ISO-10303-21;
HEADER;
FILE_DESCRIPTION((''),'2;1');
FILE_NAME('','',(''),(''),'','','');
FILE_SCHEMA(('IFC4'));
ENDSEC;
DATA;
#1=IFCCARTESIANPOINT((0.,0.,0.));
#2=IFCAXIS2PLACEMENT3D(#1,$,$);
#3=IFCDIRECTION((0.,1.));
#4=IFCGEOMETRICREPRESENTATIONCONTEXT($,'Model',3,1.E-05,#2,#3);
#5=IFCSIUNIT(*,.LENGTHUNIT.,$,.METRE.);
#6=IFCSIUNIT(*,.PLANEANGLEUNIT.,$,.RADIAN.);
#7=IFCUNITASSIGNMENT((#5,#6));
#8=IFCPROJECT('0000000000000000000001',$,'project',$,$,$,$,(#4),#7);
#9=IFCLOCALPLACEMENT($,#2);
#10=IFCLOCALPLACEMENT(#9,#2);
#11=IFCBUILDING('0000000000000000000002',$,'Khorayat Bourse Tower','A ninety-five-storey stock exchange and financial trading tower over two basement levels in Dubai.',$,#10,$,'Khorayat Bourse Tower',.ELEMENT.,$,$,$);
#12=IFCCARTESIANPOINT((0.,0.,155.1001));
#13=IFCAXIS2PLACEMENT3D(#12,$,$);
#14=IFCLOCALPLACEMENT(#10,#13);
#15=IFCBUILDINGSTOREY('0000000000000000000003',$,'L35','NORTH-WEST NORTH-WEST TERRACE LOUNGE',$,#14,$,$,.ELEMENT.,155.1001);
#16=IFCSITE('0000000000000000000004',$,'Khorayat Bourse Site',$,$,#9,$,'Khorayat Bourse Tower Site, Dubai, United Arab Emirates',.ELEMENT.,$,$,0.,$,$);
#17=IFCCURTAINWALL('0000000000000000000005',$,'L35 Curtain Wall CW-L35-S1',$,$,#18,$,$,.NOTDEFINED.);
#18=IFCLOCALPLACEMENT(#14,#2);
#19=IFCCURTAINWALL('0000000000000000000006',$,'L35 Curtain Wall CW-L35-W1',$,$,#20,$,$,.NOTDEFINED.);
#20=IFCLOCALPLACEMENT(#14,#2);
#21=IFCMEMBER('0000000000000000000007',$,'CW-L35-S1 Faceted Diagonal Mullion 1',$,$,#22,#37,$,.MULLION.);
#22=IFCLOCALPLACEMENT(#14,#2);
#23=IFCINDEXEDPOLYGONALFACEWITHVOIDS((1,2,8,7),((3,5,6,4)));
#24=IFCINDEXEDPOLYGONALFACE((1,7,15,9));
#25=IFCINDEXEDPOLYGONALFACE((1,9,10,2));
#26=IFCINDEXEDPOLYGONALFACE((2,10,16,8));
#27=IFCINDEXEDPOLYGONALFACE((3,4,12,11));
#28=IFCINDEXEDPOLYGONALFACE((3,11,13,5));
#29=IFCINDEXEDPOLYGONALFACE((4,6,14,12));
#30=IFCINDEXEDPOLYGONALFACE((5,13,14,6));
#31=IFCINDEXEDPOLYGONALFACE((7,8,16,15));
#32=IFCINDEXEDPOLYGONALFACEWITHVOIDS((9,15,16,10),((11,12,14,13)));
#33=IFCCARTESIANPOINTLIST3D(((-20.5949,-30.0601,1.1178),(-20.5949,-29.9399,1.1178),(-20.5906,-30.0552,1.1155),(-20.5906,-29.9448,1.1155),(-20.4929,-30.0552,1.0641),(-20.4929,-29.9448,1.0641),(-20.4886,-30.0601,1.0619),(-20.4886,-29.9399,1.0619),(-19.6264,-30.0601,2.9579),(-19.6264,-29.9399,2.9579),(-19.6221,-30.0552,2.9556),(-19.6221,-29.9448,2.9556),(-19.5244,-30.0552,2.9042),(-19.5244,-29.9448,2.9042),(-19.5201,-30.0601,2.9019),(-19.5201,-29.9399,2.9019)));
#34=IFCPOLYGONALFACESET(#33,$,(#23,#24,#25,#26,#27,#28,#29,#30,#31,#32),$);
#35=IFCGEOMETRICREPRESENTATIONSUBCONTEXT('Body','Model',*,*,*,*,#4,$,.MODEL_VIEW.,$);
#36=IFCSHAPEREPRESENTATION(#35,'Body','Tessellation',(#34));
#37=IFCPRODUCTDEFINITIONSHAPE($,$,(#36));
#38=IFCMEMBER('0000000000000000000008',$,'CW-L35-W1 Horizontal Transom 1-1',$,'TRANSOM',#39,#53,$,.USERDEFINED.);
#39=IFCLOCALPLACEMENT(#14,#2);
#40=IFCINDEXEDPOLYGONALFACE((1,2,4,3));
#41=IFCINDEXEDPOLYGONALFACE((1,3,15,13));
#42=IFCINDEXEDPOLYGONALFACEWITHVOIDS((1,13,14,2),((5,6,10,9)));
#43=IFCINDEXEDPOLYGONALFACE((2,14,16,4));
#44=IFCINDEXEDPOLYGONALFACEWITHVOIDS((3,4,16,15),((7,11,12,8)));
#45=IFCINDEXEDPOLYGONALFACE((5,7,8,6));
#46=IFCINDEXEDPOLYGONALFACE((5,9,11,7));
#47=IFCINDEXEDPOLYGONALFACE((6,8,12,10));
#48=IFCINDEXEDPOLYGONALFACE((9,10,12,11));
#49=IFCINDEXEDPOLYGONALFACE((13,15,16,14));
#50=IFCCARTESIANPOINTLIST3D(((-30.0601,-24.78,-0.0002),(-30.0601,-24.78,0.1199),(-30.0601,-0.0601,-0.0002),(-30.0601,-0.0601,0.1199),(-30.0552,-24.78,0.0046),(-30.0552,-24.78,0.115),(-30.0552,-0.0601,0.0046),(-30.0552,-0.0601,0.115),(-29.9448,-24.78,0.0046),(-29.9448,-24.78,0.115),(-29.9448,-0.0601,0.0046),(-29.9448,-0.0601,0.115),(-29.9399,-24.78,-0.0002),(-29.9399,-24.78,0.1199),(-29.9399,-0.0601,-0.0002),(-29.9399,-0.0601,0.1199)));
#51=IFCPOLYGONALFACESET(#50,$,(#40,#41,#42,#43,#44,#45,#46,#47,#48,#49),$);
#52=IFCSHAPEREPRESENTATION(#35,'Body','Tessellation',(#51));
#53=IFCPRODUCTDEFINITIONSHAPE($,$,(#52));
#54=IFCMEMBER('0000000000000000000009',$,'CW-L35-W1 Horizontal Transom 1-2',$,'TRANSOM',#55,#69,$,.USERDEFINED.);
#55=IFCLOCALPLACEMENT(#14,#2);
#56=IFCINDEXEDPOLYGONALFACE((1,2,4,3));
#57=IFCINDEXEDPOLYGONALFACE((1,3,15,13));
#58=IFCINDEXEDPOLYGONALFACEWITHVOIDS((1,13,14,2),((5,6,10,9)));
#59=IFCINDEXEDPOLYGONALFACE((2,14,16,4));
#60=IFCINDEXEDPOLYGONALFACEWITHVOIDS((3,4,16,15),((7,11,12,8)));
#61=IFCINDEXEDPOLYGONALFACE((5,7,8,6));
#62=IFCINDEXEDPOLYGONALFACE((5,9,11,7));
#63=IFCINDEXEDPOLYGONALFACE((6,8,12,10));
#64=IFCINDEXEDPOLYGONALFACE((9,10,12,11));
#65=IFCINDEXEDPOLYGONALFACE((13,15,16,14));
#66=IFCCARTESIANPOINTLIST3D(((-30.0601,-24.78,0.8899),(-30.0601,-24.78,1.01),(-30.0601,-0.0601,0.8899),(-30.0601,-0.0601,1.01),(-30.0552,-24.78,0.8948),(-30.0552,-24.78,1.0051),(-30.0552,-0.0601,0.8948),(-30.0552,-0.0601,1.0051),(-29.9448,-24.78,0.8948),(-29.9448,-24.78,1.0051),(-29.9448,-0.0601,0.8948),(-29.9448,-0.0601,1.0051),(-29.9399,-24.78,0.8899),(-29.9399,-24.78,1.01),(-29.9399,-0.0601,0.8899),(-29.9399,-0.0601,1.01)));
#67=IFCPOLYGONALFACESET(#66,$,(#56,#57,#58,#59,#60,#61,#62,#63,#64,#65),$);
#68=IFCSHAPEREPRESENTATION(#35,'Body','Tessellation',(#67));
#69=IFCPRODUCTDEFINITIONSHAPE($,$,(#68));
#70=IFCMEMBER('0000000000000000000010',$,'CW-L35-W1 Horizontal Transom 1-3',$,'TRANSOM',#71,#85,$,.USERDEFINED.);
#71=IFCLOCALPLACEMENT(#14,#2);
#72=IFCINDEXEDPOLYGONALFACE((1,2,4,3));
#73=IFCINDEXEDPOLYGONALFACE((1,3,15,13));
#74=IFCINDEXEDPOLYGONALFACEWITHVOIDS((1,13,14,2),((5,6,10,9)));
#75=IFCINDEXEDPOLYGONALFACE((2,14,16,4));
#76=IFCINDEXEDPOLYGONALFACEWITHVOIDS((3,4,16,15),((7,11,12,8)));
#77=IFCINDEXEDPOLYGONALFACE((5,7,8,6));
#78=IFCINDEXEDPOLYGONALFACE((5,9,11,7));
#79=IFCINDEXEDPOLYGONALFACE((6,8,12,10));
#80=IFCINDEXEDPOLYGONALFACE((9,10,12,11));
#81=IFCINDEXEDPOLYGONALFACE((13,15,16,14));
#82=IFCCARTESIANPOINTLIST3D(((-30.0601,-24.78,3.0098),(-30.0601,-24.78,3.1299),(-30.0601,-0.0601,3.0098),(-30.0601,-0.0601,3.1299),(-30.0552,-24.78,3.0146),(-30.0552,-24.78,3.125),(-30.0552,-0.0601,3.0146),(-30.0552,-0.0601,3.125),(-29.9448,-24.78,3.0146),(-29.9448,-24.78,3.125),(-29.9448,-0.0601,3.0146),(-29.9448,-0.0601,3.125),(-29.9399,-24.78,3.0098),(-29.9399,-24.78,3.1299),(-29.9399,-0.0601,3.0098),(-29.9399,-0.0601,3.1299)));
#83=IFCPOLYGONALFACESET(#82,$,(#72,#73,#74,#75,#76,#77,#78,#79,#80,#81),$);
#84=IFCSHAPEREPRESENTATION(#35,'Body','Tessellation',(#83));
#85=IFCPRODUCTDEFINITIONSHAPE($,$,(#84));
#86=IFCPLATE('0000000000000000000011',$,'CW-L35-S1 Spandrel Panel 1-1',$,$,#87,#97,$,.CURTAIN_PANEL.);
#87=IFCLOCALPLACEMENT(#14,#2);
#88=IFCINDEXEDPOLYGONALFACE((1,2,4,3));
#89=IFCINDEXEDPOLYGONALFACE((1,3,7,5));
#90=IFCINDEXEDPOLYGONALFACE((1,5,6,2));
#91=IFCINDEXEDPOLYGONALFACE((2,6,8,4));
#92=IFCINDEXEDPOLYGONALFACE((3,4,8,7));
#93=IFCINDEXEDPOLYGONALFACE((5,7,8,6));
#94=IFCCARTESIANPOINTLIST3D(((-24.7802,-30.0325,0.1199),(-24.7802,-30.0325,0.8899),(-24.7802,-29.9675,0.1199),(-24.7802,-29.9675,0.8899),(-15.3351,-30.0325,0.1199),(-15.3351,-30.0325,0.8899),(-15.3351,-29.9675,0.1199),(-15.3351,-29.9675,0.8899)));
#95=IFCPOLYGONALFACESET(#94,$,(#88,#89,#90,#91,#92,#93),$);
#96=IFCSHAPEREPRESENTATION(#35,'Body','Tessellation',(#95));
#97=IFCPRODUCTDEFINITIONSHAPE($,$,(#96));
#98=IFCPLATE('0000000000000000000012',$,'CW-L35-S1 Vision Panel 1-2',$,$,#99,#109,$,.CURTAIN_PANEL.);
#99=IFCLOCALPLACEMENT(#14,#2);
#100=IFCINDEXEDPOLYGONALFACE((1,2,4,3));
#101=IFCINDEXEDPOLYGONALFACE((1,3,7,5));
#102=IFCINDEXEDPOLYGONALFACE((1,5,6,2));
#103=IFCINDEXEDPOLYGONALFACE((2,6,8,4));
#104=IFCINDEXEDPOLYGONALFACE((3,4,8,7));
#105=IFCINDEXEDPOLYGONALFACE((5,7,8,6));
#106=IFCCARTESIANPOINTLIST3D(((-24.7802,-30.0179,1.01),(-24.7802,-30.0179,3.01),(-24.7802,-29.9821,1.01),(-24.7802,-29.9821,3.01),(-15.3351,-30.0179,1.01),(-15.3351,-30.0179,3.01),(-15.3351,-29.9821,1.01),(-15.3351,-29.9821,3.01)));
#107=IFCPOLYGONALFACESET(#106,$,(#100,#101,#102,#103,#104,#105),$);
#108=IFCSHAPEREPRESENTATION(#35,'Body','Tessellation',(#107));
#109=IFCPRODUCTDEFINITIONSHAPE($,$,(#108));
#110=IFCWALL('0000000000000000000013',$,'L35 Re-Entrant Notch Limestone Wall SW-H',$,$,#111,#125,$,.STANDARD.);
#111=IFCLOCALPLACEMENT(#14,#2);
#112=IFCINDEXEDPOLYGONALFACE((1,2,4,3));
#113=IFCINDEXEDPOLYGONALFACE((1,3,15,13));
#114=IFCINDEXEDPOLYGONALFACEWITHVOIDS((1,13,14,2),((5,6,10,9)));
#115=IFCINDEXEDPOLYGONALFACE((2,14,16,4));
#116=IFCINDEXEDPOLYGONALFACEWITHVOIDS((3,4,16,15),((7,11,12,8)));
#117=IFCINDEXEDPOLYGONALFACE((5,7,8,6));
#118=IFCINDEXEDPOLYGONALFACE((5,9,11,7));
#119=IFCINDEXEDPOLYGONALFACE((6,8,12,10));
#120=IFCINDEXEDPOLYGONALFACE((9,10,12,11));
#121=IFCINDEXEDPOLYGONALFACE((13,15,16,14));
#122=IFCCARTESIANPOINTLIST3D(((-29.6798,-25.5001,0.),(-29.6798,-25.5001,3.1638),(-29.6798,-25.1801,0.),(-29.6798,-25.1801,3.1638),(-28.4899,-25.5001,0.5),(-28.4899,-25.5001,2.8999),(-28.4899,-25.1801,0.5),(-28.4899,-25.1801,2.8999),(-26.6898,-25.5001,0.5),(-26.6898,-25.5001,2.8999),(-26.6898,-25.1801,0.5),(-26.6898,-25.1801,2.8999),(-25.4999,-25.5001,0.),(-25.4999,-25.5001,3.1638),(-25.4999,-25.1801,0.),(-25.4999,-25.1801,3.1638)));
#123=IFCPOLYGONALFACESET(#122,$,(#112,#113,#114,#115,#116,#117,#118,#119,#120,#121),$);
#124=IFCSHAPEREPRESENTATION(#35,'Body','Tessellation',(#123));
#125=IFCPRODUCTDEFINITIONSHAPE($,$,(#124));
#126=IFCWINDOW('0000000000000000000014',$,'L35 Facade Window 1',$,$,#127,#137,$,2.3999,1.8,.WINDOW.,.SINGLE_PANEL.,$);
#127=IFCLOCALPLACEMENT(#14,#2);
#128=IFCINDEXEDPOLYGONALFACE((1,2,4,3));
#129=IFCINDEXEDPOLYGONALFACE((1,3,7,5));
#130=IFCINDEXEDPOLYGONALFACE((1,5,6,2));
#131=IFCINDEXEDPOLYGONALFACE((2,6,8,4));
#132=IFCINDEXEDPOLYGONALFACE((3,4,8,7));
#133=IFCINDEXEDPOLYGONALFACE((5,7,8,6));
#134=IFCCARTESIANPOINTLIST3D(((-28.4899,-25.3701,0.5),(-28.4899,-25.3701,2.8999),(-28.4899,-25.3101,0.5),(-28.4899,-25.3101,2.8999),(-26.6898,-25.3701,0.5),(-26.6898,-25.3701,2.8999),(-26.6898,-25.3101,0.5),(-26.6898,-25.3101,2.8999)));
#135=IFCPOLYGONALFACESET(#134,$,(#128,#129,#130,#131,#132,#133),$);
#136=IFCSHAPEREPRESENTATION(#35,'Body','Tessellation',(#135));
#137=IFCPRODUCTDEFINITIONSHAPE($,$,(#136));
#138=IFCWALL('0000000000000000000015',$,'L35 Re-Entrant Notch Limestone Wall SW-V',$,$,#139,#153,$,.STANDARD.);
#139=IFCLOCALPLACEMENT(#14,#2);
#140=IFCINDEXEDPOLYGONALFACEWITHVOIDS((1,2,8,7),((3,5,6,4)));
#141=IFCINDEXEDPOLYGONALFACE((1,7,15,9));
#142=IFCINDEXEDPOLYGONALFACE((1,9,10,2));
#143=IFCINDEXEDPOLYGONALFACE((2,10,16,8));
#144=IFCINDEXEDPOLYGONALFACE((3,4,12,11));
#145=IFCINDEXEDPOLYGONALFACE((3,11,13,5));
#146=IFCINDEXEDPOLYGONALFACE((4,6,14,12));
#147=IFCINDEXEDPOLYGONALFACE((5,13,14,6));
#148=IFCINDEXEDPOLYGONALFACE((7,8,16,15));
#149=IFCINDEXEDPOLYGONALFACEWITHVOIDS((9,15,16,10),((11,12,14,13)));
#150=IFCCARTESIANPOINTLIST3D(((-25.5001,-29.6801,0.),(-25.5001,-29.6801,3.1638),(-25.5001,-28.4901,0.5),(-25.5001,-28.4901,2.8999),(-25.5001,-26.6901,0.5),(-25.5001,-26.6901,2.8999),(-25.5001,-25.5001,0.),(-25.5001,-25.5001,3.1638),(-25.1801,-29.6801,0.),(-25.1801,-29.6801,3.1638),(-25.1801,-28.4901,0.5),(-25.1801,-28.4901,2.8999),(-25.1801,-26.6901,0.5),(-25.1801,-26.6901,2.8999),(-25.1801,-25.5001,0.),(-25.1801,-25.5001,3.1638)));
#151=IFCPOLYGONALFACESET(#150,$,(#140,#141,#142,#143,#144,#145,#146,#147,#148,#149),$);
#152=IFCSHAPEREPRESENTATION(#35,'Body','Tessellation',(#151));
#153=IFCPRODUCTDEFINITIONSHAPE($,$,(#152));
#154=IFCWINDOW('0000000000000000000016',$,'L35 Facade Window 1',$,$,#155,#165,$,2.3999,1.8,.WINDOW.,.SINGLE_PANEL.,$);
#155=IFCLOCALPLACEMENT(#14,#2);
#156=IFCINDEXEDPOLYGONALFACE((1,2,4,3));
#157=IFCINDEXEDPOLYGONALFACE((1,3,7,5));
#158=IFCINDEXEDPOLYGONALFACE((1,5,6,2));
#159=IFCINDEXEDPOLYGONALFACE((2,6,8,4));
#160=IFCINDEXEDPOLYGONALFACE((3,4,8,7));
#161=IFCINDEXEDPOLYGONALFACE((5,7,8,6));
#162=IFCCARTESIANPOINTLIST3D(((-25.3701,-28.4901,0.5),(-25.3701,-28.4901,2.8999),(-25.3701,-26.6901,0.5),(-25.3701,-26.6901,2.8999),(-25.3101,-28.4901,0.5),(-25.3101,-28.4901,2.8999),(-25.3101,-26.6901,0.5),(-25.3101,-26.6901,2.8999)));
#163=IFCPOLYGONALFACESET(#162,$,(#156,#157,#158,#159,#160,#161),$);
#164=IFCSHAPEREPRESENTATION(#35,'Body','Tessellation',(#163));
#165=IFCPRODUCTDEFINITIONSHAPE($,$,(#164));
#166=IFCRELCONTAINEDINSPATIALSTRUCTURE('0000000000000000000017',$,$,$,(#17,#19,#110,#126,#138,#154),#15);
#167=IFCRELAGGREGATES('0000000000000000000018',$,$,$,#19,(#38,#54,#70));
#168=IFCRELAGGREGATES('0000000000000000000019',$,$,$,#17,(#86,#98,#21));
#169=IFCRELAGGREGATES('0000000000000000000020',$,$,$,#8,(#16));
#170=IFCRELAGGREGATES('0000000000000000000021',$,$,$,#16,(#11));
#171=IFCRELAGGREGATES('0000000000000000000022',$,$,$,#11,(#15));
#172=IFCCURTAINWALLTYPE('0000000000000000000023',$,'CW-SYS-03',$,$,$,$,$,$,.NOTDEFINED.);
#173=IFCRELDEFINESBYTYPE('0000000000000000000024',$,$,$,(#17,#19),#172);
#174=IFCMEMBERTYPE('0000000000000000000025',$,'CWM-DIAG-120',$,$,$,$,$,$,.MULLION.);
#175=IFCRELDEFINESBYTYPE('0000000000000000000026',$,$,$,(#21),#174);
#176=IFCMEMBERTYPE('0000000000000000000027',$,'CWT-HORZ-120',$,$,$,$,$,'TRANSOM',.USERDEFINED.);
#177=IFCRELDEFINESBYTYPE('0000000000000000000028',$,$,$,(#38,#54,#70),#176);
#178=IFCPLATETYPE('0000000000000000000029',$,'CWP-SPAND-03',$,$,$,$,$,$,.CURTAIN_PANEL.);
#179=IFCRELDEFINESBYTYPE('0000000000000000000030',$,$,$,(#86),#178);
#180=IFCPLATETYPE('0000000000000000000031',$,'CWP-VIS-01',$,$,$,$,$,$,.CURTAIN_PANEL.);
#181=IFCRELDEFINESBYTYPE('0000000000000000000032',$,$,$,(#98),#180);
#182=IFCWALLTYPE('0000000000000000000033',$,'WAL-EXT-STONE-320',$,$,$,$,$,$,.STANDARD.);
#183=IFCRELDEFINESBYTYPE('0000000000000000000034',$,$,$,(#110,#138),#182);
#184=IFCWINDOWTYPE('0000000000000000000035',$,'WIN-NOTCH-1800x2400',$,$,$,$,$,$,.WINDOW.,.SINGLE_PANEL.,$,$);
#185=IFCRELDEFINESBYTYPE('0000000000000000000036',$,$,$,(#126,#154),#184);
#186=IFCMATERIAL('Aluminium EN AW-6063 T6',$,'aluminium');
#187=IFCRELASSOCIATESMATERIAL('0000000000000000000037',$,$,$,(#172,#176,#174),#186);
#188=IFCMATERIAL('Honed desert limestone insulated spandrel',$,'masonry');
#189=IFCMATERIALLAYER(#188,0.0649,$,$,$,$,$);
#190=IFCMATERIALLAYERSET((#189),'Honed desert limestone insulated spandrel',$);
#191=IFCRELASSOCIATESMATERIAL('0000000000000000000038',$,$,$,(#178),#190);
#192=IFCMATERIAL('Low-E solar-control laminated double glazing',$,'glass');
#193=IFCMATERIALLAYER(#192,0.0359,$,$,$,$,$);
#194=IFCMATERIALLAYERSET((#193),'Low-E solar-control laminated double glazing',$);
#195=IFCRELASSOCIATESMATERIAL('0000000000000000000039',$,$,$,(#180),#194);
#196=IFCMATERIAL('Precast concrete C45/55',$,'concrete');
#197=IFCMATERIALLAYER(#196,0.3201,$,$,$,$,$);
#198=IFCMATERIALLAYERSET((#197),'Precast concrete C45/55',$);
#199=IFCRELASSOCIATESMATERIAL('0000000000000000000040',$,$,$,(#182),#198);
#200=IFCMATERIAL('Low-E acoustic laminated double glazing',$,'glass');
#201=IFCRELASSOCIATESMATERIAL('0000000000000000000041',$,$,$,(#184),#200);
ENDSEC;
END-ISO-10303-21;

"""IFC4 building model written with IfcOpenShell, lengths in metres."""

from ifc_helpers import new_model, si_unit, direction, frame, frame_2d, origin, origin_2d, place, context, subcontext, project, spatial, rectangle, hollow_rectangle, extrude, source, transform, mapped, material, layer, layer_set, material_profile, profile_set, type_object, element, fill, aggregate, save


model = new_model("IFC4")

# Units and contexts
model_context = context("Model", 3, precision=1e-05, world=origin(), true_north=direction((0.0, 1.0)))
body_context = subcontext(model_context, "Body", "Model", "MODEL_VIEW")
ifc_project = project(units=[si_unit("LENGTHUNIT", "METRE"), si_unit("PLANEANGLEUNIT", "RADIAN")], contexts=[model_context])

# Site, building, storey
site_placement = place(None, origin())
site = spatial("IfcSite", under=ifc_project, at=site_placement, Name="Khorayat Bourse Site", LongName="Khorayat Bourse Tower Site, Dubai, United Arab Emirates", CompositionType="ELEMENT", RefElevation=0.0)
building_placement = place(site_placement, origin())
building = spatial("IfcBuilding", under=site, at=building_placement, Name="Khorayat Bourse Tower", Description="A ninety-five-storey stock exchange and financial trading tower over two basement levels in Dubai.", LongName="Khorayat Bourse Tower", CompositionType="ELEMENT")
storey_placement = place(building_placement, frame((0.0, 0.0, 155.1001)))
storey = spatial("IfcBuildingStorey", under=building, at=storey_placement, Name="L35", Description="NORTH-WEST NORTH-WEST TERRACE LOUNGE", CompositionType="ELEMENT", Elevation=155.1001)

# Curtain walls
ifc_material_1 = material(Name="Aluminium EN AW-6063 T6", Category="aluminium")
curtain_wall_type = type_object("IfcCurtainWallType", Name="CW-SYS-03", PredefinedType="NOTDEFINED", material=ifc_material_1)
curtain_wall_1_placement = place(storey_placement, origin())
curtain_wall_1 = element("IfcCurtainWall", 1, at=curtain_wall_1_placement, inside=storey, type_object=curtain_wall_type, Name="L35 Curtain Wall CW-L35-S1", PredefinedType="NOTDEFINED")
curtain_wall_2_placement = place(storey_placement, origin())
curtain_wall_2 = element("IfcCurtainWall", 2, at=curtain_wall_2_placement, inside=storey, type_object=curtain_wall_type, Name="L35 Curtain Wall CW-L35-W1", PredefinedType="NOTDEFINED")

# Members
ifc_material_profile_1 = material_profile(ifc_material_1, hollow_rectangle(XDim=0.1201, YDim=0.1201, WallThickness=0.0049, at=origin_2d()), Name="ALU 120x120x5")
ifc_profile_set_1 = profile_set([ifc_material_profile_1], Name="Aluminium EN AW-6063 T6")
member_type_1 = type_object("IfcMemberType", Name="CWT-HORZ-120", ElementType="TRANSOM", PredefinedType="USERDEFINED", material=ifc_profile_set_1)
ifc_material_profile_2 = material_profile(ifc_material_1, hollow_rectangle(XDim=0.1201, YDim=0.1201, WallThickness=0.0049, at=origin_2d()), Name="ALU 120x120x5")
ifc_profile_set_2 = profile_set([ifc_material_profile_2], Name="Aluminium EN AW-6063 T6")
member_type_2 = type_object("IfcMemberType", Name="CWM-DIAG-120", PredefinedType="MULLION", material=ifc_profile_set_2)
shared_shape_1 = source(origin(), body_context, "Body", "SweptSolid", [
    extrude(hollow_rectangle(XDim=0.1201, YDim=0.1201, WallThickness=0.0049, at=origin_2d()), origin(), (0.0, 0.0, 1.0), 2.0793),
])
member_1_placement = place(storey_placement, frame((-20.5417, -30.0, 1.0898), z_axis=(0.465761, 0.0, 0.884911), x_axis=(0.0, 1.0, 0.0)))
member_1 = element("IfcMember", 3, at=member_1_placement, type_object=member_type_2, Name="CW-L35-S1 Faceted Diagonal Mullion 1", PredefinedType="MULLION", context=body_context, shape_type="MappedRepresentation", body=[
    mapped(shared_shape_1, transform((0.0, 0.0, 0.0), scale=1.0)),
])
shared_shape_2 = source(origin(), body_context, "Body", "SweptSolid", [
    extrude(hollow_rectangle(XDim=0.1201, YDim=0.1201, WallThickness=0.0049, at=origin_2d()), origin(), (0.0, 0.0, 1.0), 24.72),
])
member_2_placement = place(storey_placement, frame((-30.0, -24.78, 0.0598), z_axis=(0.0, 1.0, 0.0), x_axis=(-1.0, 0.0, 0.0)))
member_2 = element("IfcMember", 4, at=member_2_placement, type_object=member_type_1, Name="CW-L35-W1 Horizontal Transom 1-1", ObjectType="TRANSOM", PredefinedType="USERDEFINED", context=body_context, shape_type="MappedRepresentation", body=[
    mapped(shared_shape_2, transform((0.0, 0.0, 0.0), scale=1.0)),
])
member_3_placement = place(storey_placement, frame((-30.0, -24.78, 0.95), z_axis=(0.0, 1.0, 0.0), x_axis=(-1.0, 0.0, 0.0)))
member_3 = element("IfcMember", 5, at=member_3_placement, type_object=member_type_1, Name="CW-L35-W1 Horizontal Transom 1-2", ObjectType="TRANSOM", PredefinedType="USERDEFINED", context=body_context, shape_type="MappedRepresentation", body=[
    mapped(shared_shape_2, transform((0.0, 0.0, 0.0), scale=1.0)),
])
member_4_placement = place(storey_placement, frame((-30.0, -24.78, 3.0698), z_axis=(0.0, 1.0, 0.0), x_axis=(-1.0, 0.0, 0.0)))
member_4 = element("IfcMember", 6, at=member_4_placement, type_object=member_type_1, Name="CW-L35-W1 Horizontal Transom 1-3", ObjectType="TRANSOM", PredefinedType="USERDEFINED", context=body_context, shape_type="MappedRepresentation", body=[
    mapped(shared_shape_2, transform((0.0, 0.0, 0.0), scale=1.0)),
])
aggregate(curtain_wall_2, [member_2, member_3, member_4])

# Plates
ifc_material_2 = material(Name="Honed desert limestone insulated spandrel", Category="masonry")
ifc_layer_1 = layer(ifc_material_2, 0.0649)
ifc_layer_set_1 = layer_set([ifc_layer_1], Name="Honed desert limestone insulated spandrel")
plate_type_1 = type_object("IfcPlateType", Name="CWP-SPAND-03", PredefinedType="CURTAIN_PANEL", material=ifc_layer_set_1)
shared_shape_3 = source(origin(), body_context, "Body", "SweptSolid", [
    extrude(rectangle(XDim=9.4451, YDim=0.0649, at=origin_2d()), origin(), (0.0, 0.0, 1.0), 0.77),
])
plate_1_placement = place(storey_placement, frame((-20.0576, -30.0, 0.1199), z_axis=(0.0, 0.0, 1.0), x_axis=(1.0, 0.0, 0.0)))
plate_1 = element("IfcPlate", 7, at=plate_1_placement, type_object=plate_type_1, Name="CW-L35-S1 Spandrel Panel 1-1", PredefinedType="CURTAIN_PANEL", context=body_context, shape_type="MappedRepresentation", body=[
    mapped(shared_shape_3, transform((0.0, 0.0, 0.0), scale=1.0)),
])
ifc_material_3 = material(Name="Low-E solar-control laminated double glazing", Category="glass")
ifc_layer_2 = layer(ifc_material_3, 0.0359)
ifc_layer_set_2 = layer_set([ifc_layer_2], Name="Low-E solar-control laminated double glazing")
plate_type_2 = type_object("IfcPlateType", Name="CWP-VIS-01", PredefinedType="CURTAIN_PANEL", material=ifc_layer_set_2)
shared_shape_4 = source(origin(), body_context, "Body", "SweptSolid", [
    extrude(rectangle(XDim=9.4451, YDim=0.0359, at=origin_2d()), origin(), (0.0, 0.0, 1.0), 2.0),
])
plate_2_placement = place(storey_placement, frame((-20.0576, -30.0, 1.01), z_axis=(0.0, 0.0, 1.0), x_axis=(1.0, 0.0, 0.0)))
plate_2 = element("IfcPlate", 8, at=plate_2_placement, type_object=plate_type_2, Name="CW-L35-S1 Vision Panel 1-2", PredefinedType="CURTAIN_PANEL", context=body_context, shape_type="MappedRepresentation", body=[
    mapped(shared_shape_4, transform((0.0, 0.0, 0.0), scale=1.0)),
])
aggregate(curtain_wall_1, [plate_1, plate_2, member_1])

# Walls, openings, windows
ifc_material_4 = material(Name="Precast concrete C45/55", Category="concrete")
ifc_layer_3 = layer(ifc_material_4, 0.3201)
ifc_layer_set_3 = layer_set([ifc_layer_3], Name="Precast concrete C45/55")
wall_type = type_object("IfcWallType", Name="WAL-EXT-STONE-320", PredefinedType="STANDARD", material=ifc_layer_set_3)
shared_shape_5 = source(origin(), body_context, "Body", "SweptSolid", [
    extrude(rectangle(XDim=4.1799, YDim=0.3201, at=frame_2d((2.0898, 0.0))), origin(), (0.0, 0.0, 1.0), 3.1638),
])
wall_1_placement = place(storey_placement, frame((-25.5, -25.3401, 0.0), z_axis=(0.0, 0.0, 1.0), x_axis=(-1.0, 0.0, 0.0)))
wall_1 = element("IfcWall", 9, at=wall_1_placement, inside=storey, type_object=wall_type, Name="L35 Re-Entrant Notch Limestone Wall SW-H", PredefinedType="STANDARD", context=body_context, shape_type="MappedRepresentation", body=[
    mapped(shared_shape_5, transform((0.0, 0.0, 0.0), scale=1.0)),
])
shared_shape_6 = source(origin(), body_context, "Body", "SweptSolid", [
    extrude(rectangle(XDim=1.8, YDim=2.3999, at=frame_2d((0.8999, 1.2))), frame((0.0, 0.1699, 0.0), z_axis=(0.0, -1.0, 0.0), x_axis=(1.0, 0.0, 0.0)), (0.0, 0.0, 1.0), 0.3401),
])
opening_1_placement = place(wall_1_placement, frame((1.1899, 0.0, 0.5)))
opening_1 = element("IfcOpeningElement", 10, at=opening_1_placement, cuts=wall_1, PredefinedType="OPENING", context=body_context, shape_type="MappedRepresentation", body=[
    mapped(shared_shape_6, transform((0.0, 0.0, 0.0), scale=1.0)),
])
ifc_material_5 = material(Name="Low-E acoustic laminated double glazing", Category="glass")
window_type = type_object("IfcWindowType", Name="WIN-NOTCH-1800x2400", PartitioningType="SINGLE_PANEL", PredefinedType="WINDOW", material=ifc_material_5)
shared_shape_7 = source(origin(), body_context, "Body", "SweptSolid", [
    extrude(rectangle(XDim=1.8, YDim=2.3999, at=frame_2d((0.8999, 1.2))), frame((0.0, 0.03, 0.0), z_axis=(0.0, -1.0, 0.0), x_axis=(1.0, 0.0, 0.0)), (0.0, 0.0, 1.0), 0.0601),
])
window_1_placement = place(opening_1_placement, origin())
window_1 = element("IfcWindow", 11, at=window_1_placement, inside=storey, type_object=window_type, Name="L35 Facade Window 1", OverallHeight=2.3999, OverallWidth=1.8, PartitioningType="SINGLE_PANEL", PredefinedType="WINDOW", context=body_context, shape_type="MappedRepresentation", body=[
    mapped(shared_shape_7, transform((0.0, 0.0, 0.0), scale=1.0)),
])
fill(opening_1, window_1)
wall_2_placement = place(storey_placement, frame((-25.3401, -29.6799, 0.0), z_axis=(0.0, 0.0, 1.0), x_axis=(0.0, 1.0, 0.0)))
wall_2 = element("IfcWall", 12, at=wall_2_placement, inside=storey, type_object=wall_type, Name="L35 Re-Entrant Notch Limestone Wall SW-V", PredefinedType="STANDARD", context=body_context, shape_type="MappedRepresentation", body=[
    mapped(shared_shape_5, transform((0.0, 0.0, 0.0), scale=1.0)),
])
opening_2_placement = place(wall_2_placement, frame((1.1899, 0.0, 0.5)))
opening_2 = element("IfcOpeningElement", 13, at=opening_2_placement, cuts=wall_2, PredefinedType="OPENING", context=body_context, shape_type="MappedRepresentation", body=[
    mapped(shared_shape_6, transform((0.0, 0.0, 0.0), scale=1.0)),
])
window_2_placement = place(opening_2_placement, origin())
window_2 = element("IfcWindow", 14, at=window_2_placement, inside=storey, type_object=window_type, Name="L35 Facade Window 1", OverallHeight=2.3999, OverallWidth=1.8, PartitioningType="SINGLE_PANEL", PredefinedType="WINDOW", context=body_context, shape_type="MappedRepresentation", body=[
    mapped(shared_shape_7, transform((0.0, 0.0, 0.0), scale=1.0)),
])
fill(opening_2, window_2)

save(model, "model.ifc")
